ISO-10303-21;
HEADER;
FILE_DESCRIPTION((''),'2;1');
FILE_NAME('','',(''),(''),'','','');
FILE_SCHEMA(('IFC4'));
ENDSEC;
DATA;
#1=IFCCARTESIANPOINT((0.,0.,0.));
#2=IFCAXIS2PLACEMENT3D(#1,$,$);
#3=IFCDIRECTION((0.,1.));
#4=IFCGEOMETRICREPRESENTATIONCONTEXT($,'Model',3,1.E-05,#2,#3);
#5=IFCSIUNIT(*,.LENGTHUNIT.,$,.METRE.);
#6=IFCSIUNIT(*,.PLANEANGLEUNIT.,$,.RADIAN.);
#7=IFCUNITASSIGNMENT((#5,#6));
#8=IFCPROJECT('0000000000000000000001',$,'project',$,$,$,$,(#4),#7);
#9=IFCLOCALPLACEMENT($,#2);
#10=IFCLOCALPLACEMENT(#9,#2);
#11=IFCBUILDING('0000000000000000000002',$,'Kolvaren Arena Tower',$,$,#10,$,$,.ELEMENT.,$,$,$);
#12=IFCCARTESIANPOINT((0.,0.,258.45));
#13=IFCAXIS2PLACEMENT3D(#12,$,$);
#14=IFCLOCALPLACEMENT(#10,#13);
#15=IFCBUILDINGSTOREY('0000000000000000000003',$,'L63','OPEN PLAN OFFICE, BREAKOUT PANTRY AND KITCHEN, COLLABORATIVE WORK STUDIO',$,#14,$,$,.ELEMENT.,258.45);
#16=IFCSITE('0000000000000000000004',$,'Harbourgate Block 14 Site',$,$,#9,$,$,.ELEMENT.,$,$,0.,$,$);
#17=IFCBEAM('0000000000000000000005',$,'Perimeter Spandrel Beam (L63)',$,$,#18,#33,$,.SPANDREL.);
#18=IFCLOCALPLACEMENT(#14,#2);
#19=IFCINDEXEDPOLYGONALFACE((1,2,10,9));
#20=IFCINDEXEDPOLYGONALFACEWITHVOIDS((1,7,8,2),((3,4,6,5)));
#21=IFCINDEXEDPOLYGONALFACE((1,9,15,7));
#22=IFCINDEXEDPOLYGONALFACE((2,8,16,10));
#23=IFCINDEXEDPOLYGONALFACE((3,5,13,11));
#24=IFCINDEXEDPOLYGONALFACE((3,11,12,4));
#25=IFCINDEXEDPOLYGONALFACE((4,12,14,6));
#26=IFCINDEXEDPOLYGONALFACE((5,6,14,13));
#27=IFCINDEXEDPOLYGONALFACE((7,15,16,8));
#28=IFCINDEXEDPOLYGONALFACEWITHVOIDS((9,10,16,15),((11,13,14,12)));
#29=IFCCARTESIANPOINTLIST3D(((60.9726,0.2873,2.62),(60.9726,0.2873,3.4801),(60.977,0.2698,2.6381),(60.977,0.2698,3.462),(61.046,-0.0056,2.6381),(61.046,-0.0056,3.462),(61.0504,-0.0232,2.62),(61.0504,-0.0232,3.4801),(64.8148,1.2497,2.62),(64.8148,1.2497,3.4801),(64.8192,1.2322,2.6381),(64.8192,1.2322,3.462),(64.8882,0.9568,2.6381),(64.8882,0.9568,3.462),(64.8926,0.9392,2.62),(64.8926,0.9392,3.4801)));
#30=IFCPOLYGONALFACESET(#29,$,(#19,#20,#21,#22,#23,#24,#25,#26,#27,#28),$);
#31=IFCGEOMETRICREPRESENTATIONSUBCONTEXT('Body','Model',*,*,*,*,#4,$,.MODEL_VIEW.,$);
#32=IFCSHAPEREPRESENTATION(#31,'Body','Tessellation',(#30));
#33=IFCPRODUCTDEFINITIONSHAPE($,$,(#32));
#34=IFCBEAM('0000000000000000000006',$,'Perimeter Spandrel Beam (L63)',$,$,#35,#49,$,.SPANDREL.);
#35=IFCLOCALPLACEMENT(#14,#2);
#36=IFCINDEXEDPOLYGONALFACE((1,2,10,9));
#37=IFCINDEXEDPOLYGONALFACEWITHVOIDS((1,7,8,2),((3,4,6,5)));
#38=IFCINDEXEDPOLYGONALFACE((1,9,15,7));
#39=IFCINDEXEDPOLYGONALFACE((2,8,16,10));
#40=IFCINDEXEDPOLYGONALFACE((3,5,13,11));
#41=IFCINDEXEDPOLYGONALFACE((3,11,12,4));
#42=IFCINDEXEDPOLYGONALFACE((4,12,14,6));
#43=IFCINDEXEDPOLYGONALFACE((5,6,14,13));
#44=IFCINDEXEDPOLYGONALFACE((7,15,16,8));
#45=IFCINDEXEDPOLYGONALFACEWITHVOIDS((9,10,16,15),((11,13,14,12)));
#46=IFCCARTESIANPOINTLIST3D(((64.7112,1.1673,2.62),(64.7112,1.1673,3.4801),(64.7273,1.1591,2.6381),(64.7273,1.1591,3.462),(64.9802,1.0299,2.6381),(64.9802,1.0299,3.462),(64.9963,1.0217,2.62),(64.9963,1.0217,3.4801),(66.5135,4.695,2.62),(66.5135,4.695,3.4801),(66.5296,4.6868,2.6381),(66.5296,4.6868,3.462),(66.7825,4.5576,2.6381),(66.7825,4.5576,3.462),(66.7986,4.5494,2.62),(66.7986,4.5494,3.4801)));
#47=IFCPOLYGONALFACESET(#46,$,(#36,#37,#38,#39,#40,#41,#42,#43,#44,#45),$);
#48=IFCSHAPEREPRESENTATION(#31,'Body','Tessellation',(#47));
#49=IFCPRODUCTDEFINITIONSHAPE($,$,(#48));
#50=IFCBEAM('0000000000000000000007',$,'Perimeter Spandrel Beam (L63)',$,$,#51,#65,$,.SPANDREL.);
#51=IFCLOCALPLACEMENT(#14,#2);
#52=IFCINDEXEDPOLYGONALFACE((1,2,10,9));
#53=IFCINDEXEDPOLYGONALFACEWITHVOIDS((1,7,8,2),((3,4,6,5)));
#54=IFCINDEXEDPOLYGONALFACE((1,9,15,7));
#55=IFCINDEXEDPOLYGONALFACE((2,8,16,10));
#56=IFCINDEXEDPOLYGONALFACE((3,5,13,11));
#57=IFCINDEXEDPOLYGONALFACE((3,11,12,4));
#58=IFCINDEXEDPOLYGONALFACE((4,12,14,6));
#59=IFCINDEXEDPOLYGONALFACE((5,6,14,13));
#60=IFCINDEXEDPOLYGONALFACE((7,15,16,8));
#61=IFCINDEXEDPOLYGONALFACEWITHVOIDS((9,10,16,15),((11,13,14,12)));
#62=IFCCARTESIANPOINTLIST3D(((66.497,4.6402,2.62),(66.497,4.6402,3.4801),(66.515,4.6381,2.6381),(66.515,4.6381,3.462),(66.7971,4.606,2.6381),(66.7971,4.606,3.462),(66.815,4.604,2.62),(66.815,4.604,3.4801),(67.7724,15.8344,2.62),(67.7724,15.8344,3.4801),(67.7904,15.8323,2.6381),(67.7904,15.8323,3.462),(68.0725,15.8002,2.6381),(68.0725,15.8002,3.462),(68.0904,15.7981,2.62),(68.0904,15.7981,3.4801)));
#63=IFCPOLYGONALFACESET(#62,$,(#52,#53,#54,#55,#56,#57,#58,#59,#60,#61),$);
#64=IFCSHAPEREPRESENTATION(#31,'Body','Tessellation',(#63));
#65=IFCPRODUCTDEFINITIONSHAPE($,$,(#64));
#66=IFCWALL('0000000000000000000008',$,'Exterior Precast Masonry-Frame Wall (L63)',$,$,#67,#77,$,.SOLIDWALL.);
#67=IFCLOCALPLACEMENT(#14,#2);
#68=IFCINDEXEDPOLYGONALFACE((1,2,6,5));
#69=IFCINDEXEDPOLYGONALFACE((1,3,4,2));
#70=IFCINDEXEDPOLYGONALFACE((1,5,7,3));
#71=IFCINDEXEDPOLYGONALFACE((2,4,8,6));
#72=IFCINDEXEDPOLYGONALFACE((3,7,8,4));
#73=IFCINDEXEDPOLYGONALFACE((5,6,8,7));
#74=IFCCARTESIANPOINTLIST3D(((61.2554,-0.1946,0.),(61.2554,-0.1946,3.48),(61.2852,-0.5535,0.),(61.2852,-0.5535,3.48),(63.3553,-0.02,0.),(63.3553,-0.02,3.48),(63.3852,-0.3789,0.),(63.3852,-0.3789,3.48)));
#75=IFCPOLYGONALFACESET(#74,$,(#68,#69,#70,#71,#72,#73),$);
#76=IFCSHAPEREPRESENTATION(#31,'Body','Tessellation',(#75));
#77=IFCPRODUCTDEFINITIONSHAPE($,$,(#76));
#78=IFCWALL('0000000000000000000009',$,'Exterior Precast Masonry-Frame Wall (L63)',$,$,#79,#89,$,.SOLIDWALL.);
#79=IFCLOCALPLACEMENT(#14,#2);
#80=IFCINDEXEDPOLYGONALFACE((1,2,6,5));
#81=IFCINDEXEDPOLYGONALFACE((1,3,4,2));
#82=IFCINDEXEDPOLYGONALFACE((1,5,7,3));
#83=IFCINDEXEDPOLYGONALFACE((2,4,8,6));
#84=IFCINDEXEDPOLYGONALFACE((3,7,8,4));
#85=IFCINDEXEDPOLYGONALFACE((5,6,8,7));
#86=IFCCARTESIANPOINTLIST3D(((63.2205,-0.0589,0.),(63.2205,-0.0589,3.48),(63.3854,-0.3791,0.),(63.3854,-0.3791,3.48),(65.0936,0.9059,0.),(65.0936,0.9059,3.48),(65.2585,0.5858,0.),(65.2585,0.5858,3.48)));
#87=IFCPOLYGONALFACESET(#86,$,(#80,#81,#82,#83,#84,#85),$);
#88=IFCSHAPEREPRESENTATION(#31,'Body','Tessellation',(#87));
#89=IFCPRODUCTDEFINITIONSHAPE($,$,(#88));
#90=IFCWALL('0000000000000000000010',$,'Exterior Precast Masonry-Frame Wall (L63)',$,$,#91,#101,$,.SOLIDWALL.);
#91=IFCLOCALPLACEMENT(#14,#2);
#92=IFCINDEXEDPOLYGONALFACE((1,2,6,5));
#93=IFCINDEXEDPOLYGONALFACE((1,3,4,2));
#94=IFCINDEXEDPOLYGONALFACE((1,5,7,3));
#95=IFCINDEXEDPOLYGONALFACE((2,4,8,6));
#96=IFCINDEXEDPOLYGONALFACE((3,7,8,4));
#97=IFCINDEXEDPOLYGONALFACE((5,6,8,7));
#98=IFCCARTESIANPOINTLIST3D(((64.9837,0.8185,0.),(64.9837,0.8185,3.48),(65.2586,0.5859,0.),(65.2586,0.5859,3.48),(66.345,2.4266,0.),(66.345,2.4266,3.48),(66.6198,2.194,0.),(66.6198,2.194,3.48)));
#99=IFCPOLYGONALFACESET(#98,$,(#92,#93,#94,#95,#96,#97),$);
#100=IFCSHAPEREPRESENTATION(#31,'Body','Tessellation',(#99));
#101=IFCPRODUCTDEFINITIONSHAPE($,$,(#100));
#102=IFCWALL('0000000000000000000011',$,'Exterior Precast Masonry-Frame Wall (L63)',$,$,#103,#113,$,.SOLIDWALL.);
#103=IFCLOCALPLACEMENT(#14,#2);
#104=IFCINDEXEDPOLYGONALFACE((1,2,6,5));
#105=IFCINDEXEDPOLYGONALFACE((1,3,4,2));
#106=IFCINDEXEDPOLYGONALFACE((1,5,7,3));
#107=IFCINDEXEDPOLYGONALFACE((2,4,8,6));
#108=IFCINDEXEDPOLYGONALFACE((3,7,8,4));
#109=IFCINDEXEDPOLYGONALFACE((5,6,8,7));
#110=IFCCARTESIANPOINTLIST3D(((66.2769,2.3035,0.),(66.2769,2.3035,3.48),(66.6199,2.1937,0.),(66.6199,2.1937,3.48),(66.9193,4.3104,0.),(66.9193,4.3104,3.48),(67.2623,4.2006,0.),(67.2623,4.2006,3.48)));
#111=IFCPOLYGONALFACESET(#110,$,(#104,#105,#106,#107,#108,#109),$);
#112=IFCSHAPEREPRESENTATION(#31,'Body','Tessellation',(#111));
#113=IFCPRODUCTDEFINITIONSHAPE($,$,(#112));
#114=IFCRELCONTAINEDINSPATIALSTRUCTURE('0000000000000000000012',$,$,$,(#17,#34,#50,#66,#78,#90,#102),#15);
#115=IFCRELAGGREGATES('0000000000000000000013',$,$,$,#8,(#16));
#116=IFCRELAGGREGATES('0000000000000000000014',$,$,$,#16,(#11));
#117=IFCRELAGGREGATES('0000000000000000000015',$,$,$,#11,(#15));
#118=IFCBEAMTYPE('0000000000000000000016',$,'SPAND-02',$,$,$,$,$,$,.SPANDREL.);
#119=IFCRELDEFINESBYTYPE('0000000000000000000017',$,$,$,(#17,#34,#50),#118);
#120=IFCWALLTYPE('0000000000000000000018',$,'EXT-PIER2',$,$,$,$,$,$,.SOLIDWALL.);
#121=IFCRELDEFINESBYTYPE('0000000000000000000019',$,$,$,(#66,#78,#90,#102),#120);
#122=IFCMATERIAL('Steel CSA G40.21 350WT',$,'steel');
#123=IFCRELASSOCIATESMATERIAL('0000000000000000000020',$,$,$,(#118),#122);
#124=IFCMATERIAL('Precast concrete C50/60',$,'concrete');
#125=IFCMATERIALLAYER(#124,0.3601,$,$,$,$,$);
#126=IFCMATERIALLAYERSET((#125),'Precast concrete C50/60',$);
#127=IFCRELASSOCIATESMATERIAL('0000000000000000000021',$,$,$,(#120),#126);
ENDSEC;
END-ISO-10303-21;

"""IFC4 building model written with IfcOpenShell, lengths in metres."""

from ifc_helpers import new_model, si_unit, direction, frame, frame_2d, origin, origin_2d, place, context, subcontext, project, spatial, rectangle, hollow_rectangle, extrude, material, layer, layer_set, material_profile, profile_set, type_object, element, save


model = new_model("IFC4")

# Units and contexts
model_context = context("Model", 3, precision=1e-05, world=origin(), true_north=direction((0.0, 1.0)))
body_context = subcontext(model_context, "Body", "Model", "MODEL_VIEW")
ifc_project = project(units=[si_unit("LENGTHUNIT", "METRE"), si_unit("PLANEANGLEUNIT", "RADIAN")], contexts=[model_context])

# Site, building, storey
site_placement = place(None, origin())
site = spatial("IfcSite", under=ifc_project, at=site_placement, Name="Harbourgate Block 14 Site", CompositionType="ELEMENT", RefElevation=0.0)
building_placement = place(site_placement, origin())
building = spatial("IfcBuilding", under=site, at=building_placement, Name="Kolvaren Arena Tower", CompositionType="ELEMENT")
storey_placement = place(building_placement, frame((0.0, 0.0, 258.45)))
storey = spatial("IfcBuildingStorey", under=building, at=storey_placement, Name="L63", Description="OPEN PLAN OFFICE, BREAKOUT PANTRY AND KITCHEN, COLLABORATIVE WORK STUDIO", CompositionType="ELEMENT", Elevation=258.45)

# Beams
ifc_material_1 = material(Name="Steel CSA G40.21 350WT", Category="steel")
ifc_material_profile_1 = material_profile(ifc_material_1, hollow_rectangle(XDim=0.3201, YDim=0.8601, WallThickness=0.0181, at=origin_2d()), Name="HSS 860x320x18")
ifc_profile_set_1 = profile_set([ifc_material_profile_1], Name="Steel CSA G40.21 350WT")
beam_type_1 = type_object("IfcBeamType", Name="SPAND-02", PredefinedType="SPANDREL", material=ifc_profile_set_1)
beam_1_placement = place(storey_placement, frame((61.0115, 0.1321, 3.05), z_axis=(0.970034, 0.242971, 0.0), x_axis=(-0.242971, 0.970034, 0.0)))
element("IfcBeam", 1, at=beam_1_placement, inside=storey, type_object=beam_type_1, Name="Perimeter Spandrel Beam (L63)", PredefinedType="SPANDREL", context=body_context, shape_type="SweptSolid", body=[
    extrude(hollow_rectangle(XDim=0.3201, YDim=0.8601, WallThickness=0.0181, at=origin_2d()), origin(), (0.0, 0.0, 1.0), 3.9609),
])
beam_2_placement = place(storey_placement, frame((64.8538, 1.0945, 3.05), z_axis=(0.454962, 0.890511, 0.0), x_axis=(-0.890511, 0.454962, 0.0)))
element("IfcBeam", 2, at=beam_2_placement, inside=storey, type_object=beam_type_1, Name="Perimeter Spandrel Beam (L63)", PredefinedType="SPANDREL", context=body_context, shape_type="SweptSolid", body=[
    extrude(hollow_rectangle(XDim=0.3201, YDim=0.8601, WallThickness=0.0181, at=origin_2d()), origin(), (0.0, 0.0, 1.0), 3.9614),
])
beam_3_placement = place(storey_placement, frame((66.656, 4.6221, 3.05), z_axis=(0.113202, 0.993572, 0.0), x_axis=(-0.993572, 0.113202, 0.0)))
element("IfcBeam", 3, at=beam_3_placement, inside=storey, type_object=beam_type_1, Name="Perimeter Spandrel Beam (L63)", PredefinedType="SPANDREL", context=body_context, shape_type="SweptSolid", body=[
    extrude(hollow_rectangle(XDim=0.3201, YDim=0.8601, WallThickness=0.0181, at=origin_2d()), origin(), (0.0, 0.0, 1.0), 11.2666),
])

# Walls
ifc_material_2 = material(Name="Precast concrete C50/60", Category="concrete")
ifc_layer = layer(ifc_material_2, 0.3601)
ifc_layer_set = layer_set([ifc_layer], Name="Precast concrete C50/60")
wall_type = type_object("IfcWallType", Name="EXT-PIER2", PredefinedType="SOLIDWALL", material=ifc_layer_set)
wall_1_placement = place(storey_placement, frame((63.3704, -0.1995, 0.0), z_axis=(0.0, 0.0, 1.0), x_axis=(-0.996563, -0.082844, 0.0)))
element("IfcWall", 4, at=wall_1_placement, inside=storey, type_object=wall_type, Name="Exterior Precast Masonry-Frame Wall (L63)", PredefinedType="SOLIDWALL", context=body_context, shape_type="SweptSolid", body=[
    extrude(rectangle(XDim=2.1072, YDim=0.3601, at=frame_2d((1.0537, 0.0))), origin(), (0.0, 0.0, 1.0), 3.48),
])
for number, where, z_axis, x_axis, name in (
    (5, (65.176, 0.7458, 0.0), (0.0, 0.0, 1.0), (-0.888986, -0.457934, 0.0), "Exterior Precast Masonry-Frame Wall (L63)"),
    (6, (66.4824, 2.3103, 0.0), (0.0, 0.0, 1.0), (-0.646103, -0.76325, 0.0), "Exterior Precast Masonry-Frame Wall (L63)"),
):
    element("IfcWall", number, at=place(storey_placement, frame(where, z_axis=z_axis, x_axis=x_axis)), inside=storey, type_object=wall_type, Name=name, PredefinedType="SOLIDWALL", context=body_context, shape_type="SweptSolid", body=[
        extrude(rectangle(XDim=2.1069, YDim=0.3601, at=frame_2d((1.0535, 0.0))), origin(), (0.0, 0.0, 1.0), 3.48),
    ])
wall_2_placement = place(storey_placement, frame((67.0908, 4.2556, 0.0), z_axis=(0.0, 0.0, 1.0), x_axis=(-0.304839, -0.952404, 0.0)))
element("IfcWall", 7, at=wall_2_placement, inside=storey, type_object=wall_type, Name="Exterior Precast Masonry-Frame Wall (L63)", PredefinedType="SOLIDWALL", context=body_context, shape_type="SweptSolid", body=[
    extrude(rectangle(XDim=2.1072, YDim=0.3601, at=frame_2d((1.0537, 0.0))), origin(), (0.0, 0.0, 1.0), 3.48),
])

save(model, "model.ifc")
